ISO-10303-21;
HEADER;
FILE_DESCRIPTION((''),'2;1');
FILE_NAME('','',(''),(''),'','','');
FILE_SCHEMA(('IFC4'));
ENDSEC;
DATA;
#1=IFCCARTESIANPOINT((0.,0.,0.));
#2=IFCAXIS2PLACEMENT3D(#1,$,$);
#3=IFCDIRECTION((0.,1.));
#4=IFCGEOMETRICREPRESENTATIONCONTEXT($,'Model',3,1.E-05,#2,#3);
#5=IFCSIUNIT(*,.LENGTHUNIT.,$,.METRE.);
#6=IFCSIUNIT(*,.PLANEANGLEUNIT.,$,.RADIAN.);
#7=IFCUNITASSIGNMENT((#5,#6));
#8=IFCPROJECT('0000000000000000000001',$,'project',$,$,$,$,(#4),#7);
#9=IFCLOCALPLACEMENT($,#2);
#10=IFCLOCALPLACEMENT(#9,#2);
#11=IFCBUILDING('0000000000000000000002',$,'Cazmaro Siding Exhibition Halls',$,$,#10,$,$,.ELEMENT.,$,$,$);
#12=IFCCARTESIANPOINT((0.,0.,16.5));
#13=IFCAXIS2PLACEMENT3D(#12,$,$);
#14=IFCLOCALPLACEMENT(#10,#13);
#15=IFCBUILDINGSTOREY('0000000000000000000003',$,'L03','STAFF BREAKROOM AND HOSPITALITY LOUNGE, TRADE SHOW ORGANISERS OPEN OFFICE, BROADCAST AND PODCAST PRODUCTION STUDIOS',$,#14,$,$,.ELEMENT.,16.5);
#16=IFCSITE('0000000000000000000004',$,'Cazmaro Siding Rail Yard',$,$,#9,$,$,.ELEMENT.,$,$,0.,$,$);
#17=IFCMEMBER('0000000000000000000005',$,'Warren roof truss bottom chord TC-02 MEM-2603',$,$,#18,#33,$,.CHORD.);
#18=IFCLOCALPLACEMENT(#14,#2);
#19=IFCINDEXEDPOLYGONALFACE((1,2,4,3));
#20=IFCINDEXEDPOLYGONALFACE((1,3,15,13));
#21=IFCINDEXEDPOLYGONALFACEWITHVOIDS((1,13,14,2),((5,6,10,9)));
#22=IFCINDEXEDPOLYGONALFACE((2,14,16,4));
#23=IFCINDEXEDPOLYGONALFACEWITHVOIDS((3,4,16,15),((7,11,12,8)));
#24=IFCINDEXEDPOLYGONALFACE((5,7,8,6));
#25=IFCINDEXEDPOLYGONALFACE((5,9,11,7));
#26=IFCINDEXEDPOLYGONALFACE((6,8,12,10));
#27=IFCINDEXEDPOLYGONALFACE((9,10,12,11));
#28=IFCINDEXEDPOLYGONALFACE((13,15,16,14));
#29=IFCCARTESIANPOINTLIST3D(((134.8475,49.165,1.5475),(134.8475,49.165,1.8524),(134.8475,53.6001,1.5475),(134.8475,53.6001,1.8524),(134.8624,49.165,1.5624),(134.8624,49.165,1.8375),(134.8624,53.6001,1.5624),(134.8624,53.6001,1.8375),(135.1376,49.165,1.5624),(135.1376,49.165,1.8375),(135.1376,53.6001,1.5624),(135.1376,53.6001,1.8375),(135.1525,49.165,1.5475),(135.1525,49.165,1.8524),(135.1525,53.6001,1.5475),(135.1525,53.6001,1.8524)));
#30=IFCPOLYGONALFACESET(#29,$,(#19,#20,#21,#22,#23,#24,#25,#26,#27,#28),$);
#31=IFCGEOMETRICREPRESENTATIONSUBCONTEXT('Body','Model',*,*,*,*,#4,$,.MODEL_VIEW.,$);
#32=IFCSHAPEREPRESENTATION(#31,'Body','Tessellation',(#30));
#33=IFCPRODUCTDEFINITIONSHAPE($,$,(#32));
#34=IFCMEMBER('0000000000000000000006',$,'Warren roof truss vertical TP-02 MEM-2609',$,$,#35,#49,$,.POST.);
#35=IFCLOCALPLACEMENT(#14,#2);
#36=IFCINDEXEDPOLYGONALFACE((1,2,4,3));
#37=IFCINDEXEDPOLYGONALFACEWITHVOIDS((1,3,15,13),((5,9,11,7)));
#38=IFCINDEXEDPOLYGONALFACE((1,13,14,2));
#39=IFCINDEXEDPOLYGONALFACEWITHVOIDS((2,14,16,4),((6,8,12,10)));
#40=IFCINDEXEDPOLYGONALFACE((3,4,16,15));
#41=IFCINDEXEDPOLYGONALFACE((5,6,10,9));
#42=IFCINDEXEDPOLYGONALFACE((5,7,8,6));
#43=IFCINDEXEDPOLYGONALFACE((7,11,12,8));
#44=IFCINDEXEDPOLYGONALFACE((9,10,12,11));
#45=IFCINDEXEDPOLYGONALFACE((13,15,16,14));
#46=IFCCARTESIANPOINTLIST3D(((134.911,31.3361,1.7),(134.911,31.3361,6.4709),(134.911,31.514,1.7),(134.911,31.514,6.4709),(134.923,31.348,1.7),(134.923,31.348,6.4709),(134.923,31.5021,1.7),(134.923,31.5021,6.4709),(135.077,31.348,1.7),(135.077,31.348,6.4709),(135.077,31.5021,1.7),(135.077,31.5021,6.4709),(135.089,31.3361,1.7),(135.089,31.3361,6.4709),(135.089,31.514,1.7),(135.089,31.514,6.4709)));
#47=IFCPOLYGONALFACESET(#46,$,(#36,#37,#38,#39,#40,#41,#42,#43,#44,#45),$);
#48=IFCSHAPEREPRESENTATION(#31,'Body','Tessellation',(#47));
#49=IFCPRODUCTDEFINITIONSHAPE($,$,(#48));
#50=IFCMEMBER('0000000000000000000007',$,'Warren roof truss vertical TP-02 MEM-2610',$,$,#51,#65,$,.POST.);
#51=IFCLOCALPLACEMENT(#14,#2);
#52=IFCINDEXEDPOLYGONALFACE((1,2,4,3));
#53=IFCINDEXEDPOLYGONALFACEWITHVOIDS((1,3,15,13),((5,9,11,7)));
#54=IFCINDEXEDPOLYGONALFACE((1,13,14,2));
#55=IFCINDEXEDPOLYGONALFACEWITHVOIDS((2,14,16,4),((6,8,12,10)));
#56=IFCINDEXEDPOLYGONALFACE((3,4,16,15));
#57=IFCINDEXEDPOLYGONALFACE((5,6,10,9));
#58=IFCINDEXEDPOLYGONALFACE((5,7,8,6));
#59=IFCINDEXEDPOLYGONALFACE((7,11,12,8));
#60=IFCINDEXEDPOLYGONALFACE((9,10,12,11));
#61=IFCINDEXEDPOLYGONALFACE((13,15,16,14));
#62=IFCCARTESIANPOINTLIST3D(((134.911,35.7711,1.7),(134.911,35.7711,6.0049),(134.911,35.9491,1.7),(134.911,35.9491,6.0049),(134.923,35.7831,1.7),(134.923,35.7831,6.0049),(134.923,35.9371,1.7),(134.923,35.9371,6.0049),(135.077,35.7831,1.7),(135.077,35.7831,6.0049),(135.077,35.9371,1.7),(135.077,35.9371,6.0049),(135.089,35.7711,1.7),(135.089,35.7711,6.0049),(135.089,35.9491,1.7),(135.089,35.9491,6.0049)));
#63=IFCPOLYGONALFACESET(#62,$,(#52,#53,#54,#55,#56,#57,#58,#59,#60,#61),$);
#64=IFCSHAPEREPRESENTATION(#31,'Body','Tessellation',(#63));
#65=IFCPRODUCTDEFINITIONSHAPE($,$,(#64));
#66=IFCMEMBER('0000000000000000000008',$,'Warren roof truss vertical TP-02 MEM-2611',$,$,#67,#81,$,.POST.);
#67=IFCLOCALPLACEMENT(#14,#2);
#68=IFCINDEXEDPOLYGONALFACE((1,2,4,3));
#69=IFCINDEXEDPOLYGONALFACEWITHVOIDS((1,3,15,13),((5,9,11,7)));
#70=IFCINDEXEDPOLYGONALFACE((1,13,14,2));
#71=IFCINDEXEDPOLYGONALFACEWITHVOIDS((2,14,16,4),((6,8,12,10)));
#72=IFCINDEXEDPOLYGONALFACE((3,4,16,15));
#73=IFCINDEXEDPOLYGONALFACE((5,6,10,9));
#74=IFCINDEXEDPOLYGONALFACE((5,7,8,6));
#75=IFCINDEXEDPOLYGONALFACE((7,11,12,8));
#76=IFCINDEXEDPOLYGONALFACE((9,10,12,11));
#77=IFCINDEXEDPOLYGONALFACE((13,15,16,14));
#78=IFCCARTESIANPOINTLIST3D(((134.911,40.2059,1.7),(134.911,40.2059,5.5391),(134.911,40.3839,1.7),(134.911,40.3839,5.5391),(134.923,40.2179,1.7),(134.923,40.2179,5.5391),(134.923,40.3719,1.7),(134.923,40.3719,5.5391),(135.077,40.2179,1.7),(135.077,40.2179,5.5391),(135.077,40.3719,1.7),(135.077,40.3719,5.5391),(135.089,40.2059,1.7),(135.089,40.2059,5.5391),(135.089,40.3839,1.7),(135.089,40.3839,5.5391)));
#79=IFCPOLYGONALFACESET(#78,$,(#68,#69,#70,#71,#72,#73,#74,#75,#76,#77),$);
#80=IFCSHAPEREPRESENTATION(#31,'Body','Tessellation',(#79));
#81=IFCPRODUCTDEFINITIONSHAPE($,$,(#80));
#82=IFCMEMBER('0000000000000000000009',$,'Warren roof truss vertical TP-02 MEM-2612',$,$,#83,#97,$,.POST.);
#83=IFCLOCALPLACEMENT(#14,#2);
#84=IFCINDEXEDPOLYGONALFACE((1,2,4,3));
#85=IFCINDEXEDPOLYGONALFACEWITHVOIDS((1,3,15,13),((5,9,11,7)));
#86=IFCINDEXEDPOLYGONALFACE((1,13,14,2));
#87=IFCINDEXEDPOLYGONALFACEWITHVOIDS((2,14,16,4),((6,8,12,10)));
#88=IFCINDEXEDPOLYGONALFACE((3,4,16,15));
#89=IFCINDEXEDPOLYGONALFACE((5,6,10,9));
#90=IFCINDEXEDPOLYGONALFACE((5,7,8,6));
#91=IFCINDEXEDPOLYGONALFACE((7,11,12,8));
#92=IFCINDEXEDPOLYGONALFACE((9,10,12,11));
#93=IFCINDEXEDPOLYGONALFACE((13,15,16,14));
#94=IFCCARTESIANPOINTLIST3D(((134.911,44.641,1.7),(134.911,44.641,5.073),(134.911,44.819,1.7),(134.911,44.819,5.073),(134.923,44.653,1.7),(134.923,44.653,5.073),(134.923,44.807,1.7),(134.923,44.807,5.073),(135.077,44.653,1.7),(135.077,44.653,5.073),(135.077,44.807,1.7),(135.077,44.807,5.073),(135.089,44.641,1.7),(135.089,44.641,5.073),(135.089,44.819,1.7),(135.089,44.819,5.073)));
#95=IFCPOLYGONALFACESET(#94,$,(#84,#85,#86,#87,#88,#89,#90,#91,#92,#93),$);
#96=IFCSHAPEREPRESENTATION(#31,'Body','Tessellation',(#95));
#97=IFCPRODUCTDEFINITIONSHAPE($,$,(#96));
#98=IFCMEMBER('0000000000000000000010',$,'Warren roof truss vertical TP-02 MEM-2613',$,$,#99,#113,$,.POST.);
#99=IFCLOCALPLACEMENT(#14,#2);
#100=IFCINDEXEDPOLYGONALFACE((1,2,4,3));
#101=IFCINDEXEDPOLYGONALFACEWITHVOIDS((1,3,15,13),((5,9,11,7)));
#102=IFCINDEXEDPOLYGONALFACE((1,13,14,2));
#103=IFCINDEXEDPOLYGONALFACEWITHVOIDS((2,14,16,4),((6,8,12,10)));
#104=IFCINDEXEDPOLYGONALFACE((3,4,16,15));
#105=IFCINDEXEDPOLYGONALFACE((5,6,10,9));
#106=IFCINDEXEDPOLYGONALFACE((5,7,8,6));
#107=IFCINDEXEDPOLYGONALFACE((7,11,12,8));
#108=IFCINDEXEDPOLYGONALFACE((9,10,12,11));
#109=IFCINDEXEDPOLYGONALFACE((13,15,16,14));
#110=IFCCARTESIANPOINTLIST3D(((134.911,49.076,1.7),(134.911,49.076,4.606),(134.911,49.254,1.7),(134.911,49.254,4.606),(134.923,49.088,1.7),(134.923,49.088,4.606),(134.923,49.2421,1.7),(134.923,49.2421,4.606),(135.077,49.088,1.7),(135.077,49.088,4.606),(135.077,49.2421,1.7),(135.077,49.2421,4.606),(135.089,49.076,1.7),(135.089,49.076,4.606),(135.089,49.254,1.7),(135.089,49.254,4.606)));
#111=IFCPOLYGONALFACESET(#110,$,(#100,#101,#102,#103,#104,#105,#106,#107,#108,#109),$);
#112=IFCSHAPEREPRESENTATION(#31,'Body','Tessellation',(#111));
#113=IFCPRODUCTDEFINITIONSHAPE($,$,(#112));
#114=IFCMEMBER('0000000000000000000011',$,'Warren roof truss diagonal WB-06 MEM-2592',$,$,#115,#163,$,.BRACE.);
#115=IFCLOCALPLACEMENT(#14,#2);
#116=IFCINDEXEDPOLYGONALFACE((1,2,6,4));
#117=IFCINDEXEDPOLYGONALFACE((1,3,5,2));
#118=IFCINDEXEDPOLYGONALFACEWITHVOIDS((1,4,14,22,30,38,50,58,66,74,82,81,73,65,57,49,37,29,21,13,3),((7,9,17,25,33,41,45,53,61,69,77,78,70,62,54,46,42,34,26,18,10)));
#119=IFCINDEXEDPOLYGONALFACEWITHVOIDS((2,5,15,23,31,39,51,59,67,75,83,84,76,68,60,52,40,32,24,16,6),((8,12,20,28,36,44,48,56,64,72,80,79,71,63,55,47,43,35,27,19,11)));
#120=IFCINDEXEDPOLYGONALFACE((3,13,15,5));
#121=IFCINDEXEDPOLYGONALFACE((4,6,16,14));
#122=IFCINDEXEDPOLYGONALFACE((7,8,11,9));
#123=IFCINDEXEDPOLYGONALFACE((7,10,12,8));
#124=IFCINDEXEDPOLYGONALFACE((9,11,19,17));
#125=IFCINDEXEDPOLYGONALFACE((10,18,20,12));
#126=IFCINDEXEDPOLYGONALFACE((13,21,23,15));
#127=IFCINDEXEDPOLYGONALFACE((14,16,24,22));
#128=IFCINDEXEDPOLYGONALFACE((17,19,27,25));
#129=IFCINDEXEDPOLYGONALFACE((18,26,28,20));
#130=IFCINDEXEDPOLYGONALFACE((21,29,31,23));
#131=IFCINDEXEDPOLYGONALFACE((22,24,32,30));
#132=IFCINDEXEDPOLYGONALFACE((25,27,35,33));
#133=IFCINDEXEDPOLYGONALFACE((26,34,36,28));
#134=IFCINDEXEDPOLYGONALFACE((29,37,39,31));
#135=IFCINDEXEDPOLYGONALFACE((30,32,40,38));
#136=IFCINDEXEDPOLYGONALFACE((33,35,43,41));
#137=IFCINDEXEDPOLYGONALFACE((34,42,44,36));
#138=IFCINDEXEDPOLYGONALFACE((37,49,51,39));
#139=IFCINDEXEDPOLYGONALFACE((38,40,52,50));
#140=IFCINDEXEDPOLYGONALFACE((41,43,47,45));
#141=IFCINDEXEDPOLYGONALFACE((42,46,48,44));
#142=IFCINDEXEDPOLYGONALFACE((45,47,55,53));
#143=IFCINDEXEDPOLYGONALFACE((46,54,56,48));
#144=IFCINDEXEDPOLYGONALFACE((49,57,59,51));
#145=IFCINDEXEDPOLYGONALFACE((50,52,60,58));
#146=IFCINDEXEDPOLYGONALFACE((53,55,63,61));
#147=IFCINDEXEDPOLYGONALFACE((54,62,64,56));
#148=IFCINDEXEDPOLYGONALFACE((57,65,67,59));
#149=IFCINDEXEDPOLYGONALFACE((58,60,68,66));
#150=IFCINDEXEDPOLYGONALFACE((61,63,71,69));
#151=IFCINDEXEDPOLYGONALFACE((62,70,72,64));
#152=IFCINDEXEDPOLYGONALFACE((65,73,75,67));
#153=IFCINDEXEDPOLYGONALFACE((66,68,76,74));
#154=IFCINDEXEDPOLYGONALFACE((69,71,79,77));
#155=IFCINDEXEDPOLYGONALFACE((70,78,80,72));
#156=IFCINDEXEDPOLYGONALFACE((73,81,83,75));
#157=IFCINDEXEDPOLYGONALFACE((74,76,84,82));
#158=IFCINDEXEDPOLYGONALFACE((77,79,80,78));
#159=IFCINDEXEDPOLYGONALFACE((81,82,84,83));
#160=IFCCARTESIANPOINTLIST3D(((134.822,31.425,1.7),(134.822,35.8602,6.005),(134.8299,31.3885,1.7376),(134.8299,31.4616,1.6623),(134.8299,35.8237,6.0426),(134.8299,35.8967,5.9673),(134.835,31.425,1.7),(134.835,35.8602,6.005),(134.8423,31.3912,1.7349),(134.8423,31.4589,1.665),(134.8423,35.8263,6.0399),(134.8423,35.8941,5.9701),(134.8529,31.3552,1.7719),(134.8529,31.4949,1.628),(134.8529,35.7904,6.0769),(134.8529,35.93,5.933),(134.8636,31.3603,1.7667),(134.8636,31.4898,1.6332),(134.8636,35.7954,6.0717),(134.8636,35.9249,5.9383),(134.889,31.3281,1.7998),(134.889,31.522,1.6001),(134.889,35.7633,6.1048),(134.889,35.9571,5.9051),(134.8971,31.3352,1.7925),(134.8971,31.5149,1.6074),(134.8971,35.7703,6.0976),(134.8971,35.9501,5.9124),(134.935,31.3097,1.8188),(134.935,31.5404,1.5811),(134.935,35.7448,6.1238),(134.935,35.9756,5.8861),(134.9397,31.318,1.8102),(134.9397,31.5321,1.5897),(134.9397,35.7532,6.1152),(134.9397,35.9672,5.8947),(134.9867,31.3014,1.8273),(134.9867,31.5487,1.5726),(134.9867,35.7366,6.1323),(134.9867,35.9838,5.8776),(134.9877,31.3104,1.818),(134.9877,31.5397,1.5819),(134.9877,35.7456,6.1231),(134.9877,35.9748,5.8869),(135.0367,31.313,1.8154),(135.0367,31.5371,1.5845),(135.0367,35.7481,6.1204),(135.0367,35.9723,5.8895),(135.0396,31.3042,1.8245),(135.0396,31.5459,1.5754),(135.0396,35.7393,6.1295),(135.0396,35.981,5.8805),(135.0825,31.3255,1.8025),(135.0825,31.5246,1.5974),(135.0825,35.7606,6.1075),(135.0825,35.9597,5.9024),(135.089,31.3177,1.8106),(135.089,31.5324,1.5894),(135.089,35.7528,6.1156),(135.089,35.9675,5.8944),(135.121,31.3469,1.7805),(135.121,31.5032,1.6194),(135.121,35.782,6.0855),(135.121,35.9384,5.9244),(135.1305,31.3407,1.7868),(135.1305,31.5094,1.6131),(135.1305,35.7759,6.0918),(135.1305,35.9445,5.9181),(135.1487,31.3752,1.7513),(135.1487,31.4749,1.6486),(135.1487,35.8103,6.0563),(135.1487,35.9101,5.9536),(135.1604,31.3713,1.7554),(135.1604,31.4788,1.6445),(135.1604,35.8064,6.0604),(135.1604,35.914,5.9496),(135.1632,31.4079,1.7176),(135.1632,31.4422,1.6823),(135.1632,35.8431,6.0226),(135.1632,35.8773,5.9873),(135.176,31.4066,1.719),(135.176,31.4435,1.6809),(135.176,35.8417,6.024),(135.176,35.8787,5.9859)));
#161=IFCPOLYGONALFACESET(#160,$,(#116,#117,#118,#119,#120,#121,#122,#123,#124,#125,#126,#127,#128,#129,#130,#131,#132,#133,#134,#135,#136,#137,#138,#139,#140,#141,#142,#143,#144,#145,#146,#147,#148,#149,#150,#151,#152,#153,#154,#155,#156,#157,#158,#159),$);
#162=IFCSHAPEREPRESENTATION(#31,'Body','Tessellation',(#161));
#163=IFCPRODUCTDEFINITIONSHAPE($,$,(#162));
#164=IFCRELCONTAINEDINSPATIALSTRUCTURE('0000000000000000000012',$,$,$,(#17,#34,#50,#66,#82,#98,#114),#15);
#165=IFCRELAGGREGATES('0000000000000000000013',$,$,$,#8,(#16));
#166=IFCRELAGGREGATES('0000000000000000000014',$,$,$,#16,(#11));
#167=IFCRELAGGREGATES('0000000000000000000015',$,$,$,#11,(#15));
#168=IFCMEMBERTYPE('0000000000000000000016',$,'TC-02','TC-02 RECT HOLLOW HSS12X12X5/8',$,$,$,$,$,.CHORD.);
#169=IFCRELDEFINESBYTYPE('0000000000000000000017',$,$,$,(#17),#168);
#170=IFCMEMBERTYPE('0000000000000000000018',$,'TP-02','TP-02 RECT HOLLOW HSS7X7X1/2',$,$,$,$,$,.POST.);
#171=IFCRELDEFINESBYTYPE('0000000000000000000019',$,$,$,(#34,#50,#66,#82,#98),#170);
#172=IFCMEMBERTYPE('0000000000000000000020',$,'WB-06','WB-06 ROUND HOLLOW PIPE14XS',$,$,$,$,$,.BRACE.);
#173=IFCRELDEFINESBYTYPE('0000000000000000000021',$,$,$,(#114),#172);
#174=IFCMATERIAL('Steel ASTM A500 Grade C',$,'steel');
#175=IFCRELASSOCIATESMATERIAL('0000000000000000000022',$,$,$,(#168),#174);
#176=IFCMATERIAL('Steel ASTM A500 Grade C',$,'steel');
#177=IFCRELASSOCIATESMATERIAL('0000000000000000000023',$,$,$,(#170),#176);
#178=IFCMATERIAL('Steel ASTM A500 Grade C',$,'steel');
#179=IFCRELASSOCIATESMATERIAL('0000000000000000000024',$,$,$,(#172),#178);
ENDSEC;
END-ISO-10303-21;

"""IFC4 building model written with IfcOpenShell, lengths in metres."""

from ifc_helpers import new_model, si_unit, direction, frame, origin, origin_2d, place, context, subcontext, project, spatial, hollow_rectangle, hollow_circle, extrude, material, material_profile, profile_set, type_object, element, save


model = new_model("IFC4")

# Units and contexts
model_context = context("Model", 3, precision=1e-05, world=origin(), true_north=direction((0.0, 1.0)))
body_context = subcontext(model_context, "Body", "Model", "MODEL_VIEW")
ifc_project = project(units=[si_unit("LENGTHUNIT", "METRE"), si_unit("PLANEANGLEUNIT", "RADIAN")], contexts=[model_context])

# Site, building, storey
site_placement = place(None, origin())
site = spatial("IfcSite", under=ifc_project, at=site_placement, Name="Cazmaro Siding Rail Yard", CompositionType="ELEMENT", RefElevation=0.0)
building_placement = place(site_placement, origin())
building = spatial("IfcBuilding", under=site, at=building_placement, Name="Cazmaro Siding Exhibition Halls", CompositionType="ELEMENT")
storey_placement = place(building_placement, frame((0.0, 0.0, 16.5)))
storey = spatial("IfcBuildingStorey", under=building, at=storey_placement, Name="L03", Description="STAFF BREAKROOM AND HOSPITALITY LOUNGE, TRADE SHOW ORGANISERS OPEN OFFICE, BROADCAST AND PODCAST PRODUCTION STUDIOS", CompositionType="ELEMENT", Elevation=16.5)

# Members
ifc_material_1 = material(Name="Steel ASTM A500 Grade C", Category="steel")
ifc_material_profile_1 = material_profile(ifc_material_1, hollow_rectangle(XDim=0.3049, YDim=0.3049, WallThickness=0.0149, at=origin_2d()), Name="HSS12X12X5/8")
ifc_profile_set_1 = profile_set([ifc_material_profile_1], Name="Steel ASTM A500 Grade C")
member_type_1 = type_object("IfcMemberType", Name="TC-02", Description="TC-02 RECT HOLLOW HSS12X12X5/8", PredefinedType="CHORD", material=ifc_profile_set_1)
for number, where, z_axis, x_axis, name in (
    (1, (135.0, 49.165, 1.7), (0.0, 1.0, 0.0), (-1.0, 0.0, 0.0), "Warren roof truss bottom chord TC-02 MEM-2603"),
):
    element("IfcMember", number, at=place(storey_placement, frame(where, z_axis=z_axis, x_axis=x_axis)), inside=storey, type_object=member_type_1, Name=name, PredefinedType="CHORD", context=body_context, shape_type="SweptSolid", body=[
        extrude(hollow_rectangle(XDim=0.3049, YDim=0.3049, WallThickness=0.0149, at=origin_2d()), origin(), (0.0, 0.0, 1.0), 4.4351),
    ])
ifc_material_2 = material(Name="Steel ASTM A500 Grade C", Category="steel")
ifc_material_profile_2 = material_profile(ifc_material_2, hollow_rectangle(XDim=0.178, YDim=0.178, WallThickness=0.012, at=origin_2d()), Name="HSS7X7X1/2")
ifc_profile_set_2 = profile_set([ifc_material_profile_2], Name="Steel ASTM A500 Grade C")
member_type_2 = type_object("IfcMemberType", Name="TP-02", Description="TP-02 RECT HOLLOW HSS7X7X1/2", PredefinedType="POST", material=ifc_profile_set_2)
member_1_placement = place(storey_placement, frame((135.0, 31.425, 1.7), z_axis=(0.0, 0.0, 1.0), x_axis=(1.0, 0.0, 0.0)))
element("IfcMember", 2, at=member_1_placement, inside=storey, type_object=member_type_2, Name="Warren roof truss vertical TP-02 MEM-2609", PredefinedType="POST", context=body_context, shape_type="SweptSolid", body=[
    extrude(hollow_rectangle(XDim=0.178, YDim=0.178, WallThickness=0.012, at=origin_2d()), origin(), (0.0, 0.0, 1.0), 4.771),
])
member_2_placement = place(storey_placement, frame((135.0, 35.8601, 1.7), z_axis=(0.0, 0.0, 1.0), x_axis=(1.0, 0.0, 0.0)))
element("IfcMember", 3, at=member_2_placement, inside=storey, type_object=member_type_2, Name="Warren roof truss vertical TP-02 MEM-2610", PredefinedType="POST", context=body_context, shape_type="SweptSolid", body=[
    extrude(hollow_rectangle(XDim=0.178, YDim=0.178, WallThickness=0.012, at=origin_2d()), origin(), (0.0, 0.0, 1.0), 4.3049),
])
member_3_placement = place(storey_placement, frame((135.0, 40.2949, 1.7), z_axis=(0.0, 0.0, 1.0), x_axis=(1.0, 0.0, 0.0)))
element("IfcMember", 4, at=member_3_placement, inside=storey, type_object=member_type_2, Name="Warren roof truss vertical TP-02 MEM-2611", PredefinedType="POST", context=body_context, shape_type="SweptSolid", body=[
    extrude(hollow_rectangle(XDim=0.178, YDim=0.178, WallThickness=0.012, at=origin_2d()), origin(), (0.0, 0.0, 1.0), 3.8391),
])
member_4_placement = place(storey_placement, frame((135.0, 44.73, 1.7), z_axis=(0.0, 0.0, 1.0), x_axis=(1.0, 0.0, 0.0)))
element("IfcMember", 5, at=member_4_placement, inside=storey, type_object=member_type_2, Name="Warren roof truss vertical TP-02 MEM-2612", PredefinedType="POST", context=body_context, shape_type="SweptSolid", body=[
    extrude(hollow_rectangle(XDim=0.178, YDim=0.178, WallThickness=0.012, at=origin_2d()), origin(), (0.0, 0.0, 1.0), 3.373),
])
member_5_placement = place(storey_placement, frame((135.0, 49.165, 1.7), z_axis=(0.0, 0.0, 1.0), x_axis=(1.0, 0.0, 0.0)))
element("IfcMember", 6, at=member_5_placement, inside=storey, type_object=member_type_2, Name="Warren roof truss vertical TP-02 MEM-2613", PredefinedType="POST", context=body_context, shape_type="SweptSolid", body=[
    extrude(hollow_rectangle(XDim=0.178, YDim=0.178, WallThickness=0.012, at=origin_2d()), origin(), (0.0, 0.0, 1.0), 2.906),
])
ifc_material_3 = material(Name="Steel ASTM A500 Grade C", Category="steel")
ifc_material_profile_3 = material_profile(ifc_material_3, hollow_circle(Radius=0.178, WallThickness=0.0129, at=origin_2d()), Name="PIPE14XS")
ifc_profile_set_3 = profile_set([ifc_material_profile_3], Name="Steel ASTM A500 Grade C")
member_type_3 = type_object("IfcMemberType", Name="WB-06", Description="WB-06 ROUND HOLLOW PIPE14XS", PredefinedType="BRACE", material=ifc_profile_set_3)
member_6_placement = place(storey_placement, frame((135.0, 31.425, 1.7), z_axis=(0.0, 0.717555, 0.696502), x_axis=(-1.0, 0.0, 0.0)))
element("IfcMember", 7, at=member_6_placement, inside=storey, type_object=member_type_3, Name="Warren roof truss diagonal WB-06 MEM-2592", PredefinedType="BRACE", context=body_context, shape_type="SweptSolid", body=[
    extrude(hollow_circle(Radius=0.178, WallThickness=0.0129, at=origin_2d()), origin(), (0.0, 0.0, 1.0), 6.1809),
])

save(model, "model.ifc")
